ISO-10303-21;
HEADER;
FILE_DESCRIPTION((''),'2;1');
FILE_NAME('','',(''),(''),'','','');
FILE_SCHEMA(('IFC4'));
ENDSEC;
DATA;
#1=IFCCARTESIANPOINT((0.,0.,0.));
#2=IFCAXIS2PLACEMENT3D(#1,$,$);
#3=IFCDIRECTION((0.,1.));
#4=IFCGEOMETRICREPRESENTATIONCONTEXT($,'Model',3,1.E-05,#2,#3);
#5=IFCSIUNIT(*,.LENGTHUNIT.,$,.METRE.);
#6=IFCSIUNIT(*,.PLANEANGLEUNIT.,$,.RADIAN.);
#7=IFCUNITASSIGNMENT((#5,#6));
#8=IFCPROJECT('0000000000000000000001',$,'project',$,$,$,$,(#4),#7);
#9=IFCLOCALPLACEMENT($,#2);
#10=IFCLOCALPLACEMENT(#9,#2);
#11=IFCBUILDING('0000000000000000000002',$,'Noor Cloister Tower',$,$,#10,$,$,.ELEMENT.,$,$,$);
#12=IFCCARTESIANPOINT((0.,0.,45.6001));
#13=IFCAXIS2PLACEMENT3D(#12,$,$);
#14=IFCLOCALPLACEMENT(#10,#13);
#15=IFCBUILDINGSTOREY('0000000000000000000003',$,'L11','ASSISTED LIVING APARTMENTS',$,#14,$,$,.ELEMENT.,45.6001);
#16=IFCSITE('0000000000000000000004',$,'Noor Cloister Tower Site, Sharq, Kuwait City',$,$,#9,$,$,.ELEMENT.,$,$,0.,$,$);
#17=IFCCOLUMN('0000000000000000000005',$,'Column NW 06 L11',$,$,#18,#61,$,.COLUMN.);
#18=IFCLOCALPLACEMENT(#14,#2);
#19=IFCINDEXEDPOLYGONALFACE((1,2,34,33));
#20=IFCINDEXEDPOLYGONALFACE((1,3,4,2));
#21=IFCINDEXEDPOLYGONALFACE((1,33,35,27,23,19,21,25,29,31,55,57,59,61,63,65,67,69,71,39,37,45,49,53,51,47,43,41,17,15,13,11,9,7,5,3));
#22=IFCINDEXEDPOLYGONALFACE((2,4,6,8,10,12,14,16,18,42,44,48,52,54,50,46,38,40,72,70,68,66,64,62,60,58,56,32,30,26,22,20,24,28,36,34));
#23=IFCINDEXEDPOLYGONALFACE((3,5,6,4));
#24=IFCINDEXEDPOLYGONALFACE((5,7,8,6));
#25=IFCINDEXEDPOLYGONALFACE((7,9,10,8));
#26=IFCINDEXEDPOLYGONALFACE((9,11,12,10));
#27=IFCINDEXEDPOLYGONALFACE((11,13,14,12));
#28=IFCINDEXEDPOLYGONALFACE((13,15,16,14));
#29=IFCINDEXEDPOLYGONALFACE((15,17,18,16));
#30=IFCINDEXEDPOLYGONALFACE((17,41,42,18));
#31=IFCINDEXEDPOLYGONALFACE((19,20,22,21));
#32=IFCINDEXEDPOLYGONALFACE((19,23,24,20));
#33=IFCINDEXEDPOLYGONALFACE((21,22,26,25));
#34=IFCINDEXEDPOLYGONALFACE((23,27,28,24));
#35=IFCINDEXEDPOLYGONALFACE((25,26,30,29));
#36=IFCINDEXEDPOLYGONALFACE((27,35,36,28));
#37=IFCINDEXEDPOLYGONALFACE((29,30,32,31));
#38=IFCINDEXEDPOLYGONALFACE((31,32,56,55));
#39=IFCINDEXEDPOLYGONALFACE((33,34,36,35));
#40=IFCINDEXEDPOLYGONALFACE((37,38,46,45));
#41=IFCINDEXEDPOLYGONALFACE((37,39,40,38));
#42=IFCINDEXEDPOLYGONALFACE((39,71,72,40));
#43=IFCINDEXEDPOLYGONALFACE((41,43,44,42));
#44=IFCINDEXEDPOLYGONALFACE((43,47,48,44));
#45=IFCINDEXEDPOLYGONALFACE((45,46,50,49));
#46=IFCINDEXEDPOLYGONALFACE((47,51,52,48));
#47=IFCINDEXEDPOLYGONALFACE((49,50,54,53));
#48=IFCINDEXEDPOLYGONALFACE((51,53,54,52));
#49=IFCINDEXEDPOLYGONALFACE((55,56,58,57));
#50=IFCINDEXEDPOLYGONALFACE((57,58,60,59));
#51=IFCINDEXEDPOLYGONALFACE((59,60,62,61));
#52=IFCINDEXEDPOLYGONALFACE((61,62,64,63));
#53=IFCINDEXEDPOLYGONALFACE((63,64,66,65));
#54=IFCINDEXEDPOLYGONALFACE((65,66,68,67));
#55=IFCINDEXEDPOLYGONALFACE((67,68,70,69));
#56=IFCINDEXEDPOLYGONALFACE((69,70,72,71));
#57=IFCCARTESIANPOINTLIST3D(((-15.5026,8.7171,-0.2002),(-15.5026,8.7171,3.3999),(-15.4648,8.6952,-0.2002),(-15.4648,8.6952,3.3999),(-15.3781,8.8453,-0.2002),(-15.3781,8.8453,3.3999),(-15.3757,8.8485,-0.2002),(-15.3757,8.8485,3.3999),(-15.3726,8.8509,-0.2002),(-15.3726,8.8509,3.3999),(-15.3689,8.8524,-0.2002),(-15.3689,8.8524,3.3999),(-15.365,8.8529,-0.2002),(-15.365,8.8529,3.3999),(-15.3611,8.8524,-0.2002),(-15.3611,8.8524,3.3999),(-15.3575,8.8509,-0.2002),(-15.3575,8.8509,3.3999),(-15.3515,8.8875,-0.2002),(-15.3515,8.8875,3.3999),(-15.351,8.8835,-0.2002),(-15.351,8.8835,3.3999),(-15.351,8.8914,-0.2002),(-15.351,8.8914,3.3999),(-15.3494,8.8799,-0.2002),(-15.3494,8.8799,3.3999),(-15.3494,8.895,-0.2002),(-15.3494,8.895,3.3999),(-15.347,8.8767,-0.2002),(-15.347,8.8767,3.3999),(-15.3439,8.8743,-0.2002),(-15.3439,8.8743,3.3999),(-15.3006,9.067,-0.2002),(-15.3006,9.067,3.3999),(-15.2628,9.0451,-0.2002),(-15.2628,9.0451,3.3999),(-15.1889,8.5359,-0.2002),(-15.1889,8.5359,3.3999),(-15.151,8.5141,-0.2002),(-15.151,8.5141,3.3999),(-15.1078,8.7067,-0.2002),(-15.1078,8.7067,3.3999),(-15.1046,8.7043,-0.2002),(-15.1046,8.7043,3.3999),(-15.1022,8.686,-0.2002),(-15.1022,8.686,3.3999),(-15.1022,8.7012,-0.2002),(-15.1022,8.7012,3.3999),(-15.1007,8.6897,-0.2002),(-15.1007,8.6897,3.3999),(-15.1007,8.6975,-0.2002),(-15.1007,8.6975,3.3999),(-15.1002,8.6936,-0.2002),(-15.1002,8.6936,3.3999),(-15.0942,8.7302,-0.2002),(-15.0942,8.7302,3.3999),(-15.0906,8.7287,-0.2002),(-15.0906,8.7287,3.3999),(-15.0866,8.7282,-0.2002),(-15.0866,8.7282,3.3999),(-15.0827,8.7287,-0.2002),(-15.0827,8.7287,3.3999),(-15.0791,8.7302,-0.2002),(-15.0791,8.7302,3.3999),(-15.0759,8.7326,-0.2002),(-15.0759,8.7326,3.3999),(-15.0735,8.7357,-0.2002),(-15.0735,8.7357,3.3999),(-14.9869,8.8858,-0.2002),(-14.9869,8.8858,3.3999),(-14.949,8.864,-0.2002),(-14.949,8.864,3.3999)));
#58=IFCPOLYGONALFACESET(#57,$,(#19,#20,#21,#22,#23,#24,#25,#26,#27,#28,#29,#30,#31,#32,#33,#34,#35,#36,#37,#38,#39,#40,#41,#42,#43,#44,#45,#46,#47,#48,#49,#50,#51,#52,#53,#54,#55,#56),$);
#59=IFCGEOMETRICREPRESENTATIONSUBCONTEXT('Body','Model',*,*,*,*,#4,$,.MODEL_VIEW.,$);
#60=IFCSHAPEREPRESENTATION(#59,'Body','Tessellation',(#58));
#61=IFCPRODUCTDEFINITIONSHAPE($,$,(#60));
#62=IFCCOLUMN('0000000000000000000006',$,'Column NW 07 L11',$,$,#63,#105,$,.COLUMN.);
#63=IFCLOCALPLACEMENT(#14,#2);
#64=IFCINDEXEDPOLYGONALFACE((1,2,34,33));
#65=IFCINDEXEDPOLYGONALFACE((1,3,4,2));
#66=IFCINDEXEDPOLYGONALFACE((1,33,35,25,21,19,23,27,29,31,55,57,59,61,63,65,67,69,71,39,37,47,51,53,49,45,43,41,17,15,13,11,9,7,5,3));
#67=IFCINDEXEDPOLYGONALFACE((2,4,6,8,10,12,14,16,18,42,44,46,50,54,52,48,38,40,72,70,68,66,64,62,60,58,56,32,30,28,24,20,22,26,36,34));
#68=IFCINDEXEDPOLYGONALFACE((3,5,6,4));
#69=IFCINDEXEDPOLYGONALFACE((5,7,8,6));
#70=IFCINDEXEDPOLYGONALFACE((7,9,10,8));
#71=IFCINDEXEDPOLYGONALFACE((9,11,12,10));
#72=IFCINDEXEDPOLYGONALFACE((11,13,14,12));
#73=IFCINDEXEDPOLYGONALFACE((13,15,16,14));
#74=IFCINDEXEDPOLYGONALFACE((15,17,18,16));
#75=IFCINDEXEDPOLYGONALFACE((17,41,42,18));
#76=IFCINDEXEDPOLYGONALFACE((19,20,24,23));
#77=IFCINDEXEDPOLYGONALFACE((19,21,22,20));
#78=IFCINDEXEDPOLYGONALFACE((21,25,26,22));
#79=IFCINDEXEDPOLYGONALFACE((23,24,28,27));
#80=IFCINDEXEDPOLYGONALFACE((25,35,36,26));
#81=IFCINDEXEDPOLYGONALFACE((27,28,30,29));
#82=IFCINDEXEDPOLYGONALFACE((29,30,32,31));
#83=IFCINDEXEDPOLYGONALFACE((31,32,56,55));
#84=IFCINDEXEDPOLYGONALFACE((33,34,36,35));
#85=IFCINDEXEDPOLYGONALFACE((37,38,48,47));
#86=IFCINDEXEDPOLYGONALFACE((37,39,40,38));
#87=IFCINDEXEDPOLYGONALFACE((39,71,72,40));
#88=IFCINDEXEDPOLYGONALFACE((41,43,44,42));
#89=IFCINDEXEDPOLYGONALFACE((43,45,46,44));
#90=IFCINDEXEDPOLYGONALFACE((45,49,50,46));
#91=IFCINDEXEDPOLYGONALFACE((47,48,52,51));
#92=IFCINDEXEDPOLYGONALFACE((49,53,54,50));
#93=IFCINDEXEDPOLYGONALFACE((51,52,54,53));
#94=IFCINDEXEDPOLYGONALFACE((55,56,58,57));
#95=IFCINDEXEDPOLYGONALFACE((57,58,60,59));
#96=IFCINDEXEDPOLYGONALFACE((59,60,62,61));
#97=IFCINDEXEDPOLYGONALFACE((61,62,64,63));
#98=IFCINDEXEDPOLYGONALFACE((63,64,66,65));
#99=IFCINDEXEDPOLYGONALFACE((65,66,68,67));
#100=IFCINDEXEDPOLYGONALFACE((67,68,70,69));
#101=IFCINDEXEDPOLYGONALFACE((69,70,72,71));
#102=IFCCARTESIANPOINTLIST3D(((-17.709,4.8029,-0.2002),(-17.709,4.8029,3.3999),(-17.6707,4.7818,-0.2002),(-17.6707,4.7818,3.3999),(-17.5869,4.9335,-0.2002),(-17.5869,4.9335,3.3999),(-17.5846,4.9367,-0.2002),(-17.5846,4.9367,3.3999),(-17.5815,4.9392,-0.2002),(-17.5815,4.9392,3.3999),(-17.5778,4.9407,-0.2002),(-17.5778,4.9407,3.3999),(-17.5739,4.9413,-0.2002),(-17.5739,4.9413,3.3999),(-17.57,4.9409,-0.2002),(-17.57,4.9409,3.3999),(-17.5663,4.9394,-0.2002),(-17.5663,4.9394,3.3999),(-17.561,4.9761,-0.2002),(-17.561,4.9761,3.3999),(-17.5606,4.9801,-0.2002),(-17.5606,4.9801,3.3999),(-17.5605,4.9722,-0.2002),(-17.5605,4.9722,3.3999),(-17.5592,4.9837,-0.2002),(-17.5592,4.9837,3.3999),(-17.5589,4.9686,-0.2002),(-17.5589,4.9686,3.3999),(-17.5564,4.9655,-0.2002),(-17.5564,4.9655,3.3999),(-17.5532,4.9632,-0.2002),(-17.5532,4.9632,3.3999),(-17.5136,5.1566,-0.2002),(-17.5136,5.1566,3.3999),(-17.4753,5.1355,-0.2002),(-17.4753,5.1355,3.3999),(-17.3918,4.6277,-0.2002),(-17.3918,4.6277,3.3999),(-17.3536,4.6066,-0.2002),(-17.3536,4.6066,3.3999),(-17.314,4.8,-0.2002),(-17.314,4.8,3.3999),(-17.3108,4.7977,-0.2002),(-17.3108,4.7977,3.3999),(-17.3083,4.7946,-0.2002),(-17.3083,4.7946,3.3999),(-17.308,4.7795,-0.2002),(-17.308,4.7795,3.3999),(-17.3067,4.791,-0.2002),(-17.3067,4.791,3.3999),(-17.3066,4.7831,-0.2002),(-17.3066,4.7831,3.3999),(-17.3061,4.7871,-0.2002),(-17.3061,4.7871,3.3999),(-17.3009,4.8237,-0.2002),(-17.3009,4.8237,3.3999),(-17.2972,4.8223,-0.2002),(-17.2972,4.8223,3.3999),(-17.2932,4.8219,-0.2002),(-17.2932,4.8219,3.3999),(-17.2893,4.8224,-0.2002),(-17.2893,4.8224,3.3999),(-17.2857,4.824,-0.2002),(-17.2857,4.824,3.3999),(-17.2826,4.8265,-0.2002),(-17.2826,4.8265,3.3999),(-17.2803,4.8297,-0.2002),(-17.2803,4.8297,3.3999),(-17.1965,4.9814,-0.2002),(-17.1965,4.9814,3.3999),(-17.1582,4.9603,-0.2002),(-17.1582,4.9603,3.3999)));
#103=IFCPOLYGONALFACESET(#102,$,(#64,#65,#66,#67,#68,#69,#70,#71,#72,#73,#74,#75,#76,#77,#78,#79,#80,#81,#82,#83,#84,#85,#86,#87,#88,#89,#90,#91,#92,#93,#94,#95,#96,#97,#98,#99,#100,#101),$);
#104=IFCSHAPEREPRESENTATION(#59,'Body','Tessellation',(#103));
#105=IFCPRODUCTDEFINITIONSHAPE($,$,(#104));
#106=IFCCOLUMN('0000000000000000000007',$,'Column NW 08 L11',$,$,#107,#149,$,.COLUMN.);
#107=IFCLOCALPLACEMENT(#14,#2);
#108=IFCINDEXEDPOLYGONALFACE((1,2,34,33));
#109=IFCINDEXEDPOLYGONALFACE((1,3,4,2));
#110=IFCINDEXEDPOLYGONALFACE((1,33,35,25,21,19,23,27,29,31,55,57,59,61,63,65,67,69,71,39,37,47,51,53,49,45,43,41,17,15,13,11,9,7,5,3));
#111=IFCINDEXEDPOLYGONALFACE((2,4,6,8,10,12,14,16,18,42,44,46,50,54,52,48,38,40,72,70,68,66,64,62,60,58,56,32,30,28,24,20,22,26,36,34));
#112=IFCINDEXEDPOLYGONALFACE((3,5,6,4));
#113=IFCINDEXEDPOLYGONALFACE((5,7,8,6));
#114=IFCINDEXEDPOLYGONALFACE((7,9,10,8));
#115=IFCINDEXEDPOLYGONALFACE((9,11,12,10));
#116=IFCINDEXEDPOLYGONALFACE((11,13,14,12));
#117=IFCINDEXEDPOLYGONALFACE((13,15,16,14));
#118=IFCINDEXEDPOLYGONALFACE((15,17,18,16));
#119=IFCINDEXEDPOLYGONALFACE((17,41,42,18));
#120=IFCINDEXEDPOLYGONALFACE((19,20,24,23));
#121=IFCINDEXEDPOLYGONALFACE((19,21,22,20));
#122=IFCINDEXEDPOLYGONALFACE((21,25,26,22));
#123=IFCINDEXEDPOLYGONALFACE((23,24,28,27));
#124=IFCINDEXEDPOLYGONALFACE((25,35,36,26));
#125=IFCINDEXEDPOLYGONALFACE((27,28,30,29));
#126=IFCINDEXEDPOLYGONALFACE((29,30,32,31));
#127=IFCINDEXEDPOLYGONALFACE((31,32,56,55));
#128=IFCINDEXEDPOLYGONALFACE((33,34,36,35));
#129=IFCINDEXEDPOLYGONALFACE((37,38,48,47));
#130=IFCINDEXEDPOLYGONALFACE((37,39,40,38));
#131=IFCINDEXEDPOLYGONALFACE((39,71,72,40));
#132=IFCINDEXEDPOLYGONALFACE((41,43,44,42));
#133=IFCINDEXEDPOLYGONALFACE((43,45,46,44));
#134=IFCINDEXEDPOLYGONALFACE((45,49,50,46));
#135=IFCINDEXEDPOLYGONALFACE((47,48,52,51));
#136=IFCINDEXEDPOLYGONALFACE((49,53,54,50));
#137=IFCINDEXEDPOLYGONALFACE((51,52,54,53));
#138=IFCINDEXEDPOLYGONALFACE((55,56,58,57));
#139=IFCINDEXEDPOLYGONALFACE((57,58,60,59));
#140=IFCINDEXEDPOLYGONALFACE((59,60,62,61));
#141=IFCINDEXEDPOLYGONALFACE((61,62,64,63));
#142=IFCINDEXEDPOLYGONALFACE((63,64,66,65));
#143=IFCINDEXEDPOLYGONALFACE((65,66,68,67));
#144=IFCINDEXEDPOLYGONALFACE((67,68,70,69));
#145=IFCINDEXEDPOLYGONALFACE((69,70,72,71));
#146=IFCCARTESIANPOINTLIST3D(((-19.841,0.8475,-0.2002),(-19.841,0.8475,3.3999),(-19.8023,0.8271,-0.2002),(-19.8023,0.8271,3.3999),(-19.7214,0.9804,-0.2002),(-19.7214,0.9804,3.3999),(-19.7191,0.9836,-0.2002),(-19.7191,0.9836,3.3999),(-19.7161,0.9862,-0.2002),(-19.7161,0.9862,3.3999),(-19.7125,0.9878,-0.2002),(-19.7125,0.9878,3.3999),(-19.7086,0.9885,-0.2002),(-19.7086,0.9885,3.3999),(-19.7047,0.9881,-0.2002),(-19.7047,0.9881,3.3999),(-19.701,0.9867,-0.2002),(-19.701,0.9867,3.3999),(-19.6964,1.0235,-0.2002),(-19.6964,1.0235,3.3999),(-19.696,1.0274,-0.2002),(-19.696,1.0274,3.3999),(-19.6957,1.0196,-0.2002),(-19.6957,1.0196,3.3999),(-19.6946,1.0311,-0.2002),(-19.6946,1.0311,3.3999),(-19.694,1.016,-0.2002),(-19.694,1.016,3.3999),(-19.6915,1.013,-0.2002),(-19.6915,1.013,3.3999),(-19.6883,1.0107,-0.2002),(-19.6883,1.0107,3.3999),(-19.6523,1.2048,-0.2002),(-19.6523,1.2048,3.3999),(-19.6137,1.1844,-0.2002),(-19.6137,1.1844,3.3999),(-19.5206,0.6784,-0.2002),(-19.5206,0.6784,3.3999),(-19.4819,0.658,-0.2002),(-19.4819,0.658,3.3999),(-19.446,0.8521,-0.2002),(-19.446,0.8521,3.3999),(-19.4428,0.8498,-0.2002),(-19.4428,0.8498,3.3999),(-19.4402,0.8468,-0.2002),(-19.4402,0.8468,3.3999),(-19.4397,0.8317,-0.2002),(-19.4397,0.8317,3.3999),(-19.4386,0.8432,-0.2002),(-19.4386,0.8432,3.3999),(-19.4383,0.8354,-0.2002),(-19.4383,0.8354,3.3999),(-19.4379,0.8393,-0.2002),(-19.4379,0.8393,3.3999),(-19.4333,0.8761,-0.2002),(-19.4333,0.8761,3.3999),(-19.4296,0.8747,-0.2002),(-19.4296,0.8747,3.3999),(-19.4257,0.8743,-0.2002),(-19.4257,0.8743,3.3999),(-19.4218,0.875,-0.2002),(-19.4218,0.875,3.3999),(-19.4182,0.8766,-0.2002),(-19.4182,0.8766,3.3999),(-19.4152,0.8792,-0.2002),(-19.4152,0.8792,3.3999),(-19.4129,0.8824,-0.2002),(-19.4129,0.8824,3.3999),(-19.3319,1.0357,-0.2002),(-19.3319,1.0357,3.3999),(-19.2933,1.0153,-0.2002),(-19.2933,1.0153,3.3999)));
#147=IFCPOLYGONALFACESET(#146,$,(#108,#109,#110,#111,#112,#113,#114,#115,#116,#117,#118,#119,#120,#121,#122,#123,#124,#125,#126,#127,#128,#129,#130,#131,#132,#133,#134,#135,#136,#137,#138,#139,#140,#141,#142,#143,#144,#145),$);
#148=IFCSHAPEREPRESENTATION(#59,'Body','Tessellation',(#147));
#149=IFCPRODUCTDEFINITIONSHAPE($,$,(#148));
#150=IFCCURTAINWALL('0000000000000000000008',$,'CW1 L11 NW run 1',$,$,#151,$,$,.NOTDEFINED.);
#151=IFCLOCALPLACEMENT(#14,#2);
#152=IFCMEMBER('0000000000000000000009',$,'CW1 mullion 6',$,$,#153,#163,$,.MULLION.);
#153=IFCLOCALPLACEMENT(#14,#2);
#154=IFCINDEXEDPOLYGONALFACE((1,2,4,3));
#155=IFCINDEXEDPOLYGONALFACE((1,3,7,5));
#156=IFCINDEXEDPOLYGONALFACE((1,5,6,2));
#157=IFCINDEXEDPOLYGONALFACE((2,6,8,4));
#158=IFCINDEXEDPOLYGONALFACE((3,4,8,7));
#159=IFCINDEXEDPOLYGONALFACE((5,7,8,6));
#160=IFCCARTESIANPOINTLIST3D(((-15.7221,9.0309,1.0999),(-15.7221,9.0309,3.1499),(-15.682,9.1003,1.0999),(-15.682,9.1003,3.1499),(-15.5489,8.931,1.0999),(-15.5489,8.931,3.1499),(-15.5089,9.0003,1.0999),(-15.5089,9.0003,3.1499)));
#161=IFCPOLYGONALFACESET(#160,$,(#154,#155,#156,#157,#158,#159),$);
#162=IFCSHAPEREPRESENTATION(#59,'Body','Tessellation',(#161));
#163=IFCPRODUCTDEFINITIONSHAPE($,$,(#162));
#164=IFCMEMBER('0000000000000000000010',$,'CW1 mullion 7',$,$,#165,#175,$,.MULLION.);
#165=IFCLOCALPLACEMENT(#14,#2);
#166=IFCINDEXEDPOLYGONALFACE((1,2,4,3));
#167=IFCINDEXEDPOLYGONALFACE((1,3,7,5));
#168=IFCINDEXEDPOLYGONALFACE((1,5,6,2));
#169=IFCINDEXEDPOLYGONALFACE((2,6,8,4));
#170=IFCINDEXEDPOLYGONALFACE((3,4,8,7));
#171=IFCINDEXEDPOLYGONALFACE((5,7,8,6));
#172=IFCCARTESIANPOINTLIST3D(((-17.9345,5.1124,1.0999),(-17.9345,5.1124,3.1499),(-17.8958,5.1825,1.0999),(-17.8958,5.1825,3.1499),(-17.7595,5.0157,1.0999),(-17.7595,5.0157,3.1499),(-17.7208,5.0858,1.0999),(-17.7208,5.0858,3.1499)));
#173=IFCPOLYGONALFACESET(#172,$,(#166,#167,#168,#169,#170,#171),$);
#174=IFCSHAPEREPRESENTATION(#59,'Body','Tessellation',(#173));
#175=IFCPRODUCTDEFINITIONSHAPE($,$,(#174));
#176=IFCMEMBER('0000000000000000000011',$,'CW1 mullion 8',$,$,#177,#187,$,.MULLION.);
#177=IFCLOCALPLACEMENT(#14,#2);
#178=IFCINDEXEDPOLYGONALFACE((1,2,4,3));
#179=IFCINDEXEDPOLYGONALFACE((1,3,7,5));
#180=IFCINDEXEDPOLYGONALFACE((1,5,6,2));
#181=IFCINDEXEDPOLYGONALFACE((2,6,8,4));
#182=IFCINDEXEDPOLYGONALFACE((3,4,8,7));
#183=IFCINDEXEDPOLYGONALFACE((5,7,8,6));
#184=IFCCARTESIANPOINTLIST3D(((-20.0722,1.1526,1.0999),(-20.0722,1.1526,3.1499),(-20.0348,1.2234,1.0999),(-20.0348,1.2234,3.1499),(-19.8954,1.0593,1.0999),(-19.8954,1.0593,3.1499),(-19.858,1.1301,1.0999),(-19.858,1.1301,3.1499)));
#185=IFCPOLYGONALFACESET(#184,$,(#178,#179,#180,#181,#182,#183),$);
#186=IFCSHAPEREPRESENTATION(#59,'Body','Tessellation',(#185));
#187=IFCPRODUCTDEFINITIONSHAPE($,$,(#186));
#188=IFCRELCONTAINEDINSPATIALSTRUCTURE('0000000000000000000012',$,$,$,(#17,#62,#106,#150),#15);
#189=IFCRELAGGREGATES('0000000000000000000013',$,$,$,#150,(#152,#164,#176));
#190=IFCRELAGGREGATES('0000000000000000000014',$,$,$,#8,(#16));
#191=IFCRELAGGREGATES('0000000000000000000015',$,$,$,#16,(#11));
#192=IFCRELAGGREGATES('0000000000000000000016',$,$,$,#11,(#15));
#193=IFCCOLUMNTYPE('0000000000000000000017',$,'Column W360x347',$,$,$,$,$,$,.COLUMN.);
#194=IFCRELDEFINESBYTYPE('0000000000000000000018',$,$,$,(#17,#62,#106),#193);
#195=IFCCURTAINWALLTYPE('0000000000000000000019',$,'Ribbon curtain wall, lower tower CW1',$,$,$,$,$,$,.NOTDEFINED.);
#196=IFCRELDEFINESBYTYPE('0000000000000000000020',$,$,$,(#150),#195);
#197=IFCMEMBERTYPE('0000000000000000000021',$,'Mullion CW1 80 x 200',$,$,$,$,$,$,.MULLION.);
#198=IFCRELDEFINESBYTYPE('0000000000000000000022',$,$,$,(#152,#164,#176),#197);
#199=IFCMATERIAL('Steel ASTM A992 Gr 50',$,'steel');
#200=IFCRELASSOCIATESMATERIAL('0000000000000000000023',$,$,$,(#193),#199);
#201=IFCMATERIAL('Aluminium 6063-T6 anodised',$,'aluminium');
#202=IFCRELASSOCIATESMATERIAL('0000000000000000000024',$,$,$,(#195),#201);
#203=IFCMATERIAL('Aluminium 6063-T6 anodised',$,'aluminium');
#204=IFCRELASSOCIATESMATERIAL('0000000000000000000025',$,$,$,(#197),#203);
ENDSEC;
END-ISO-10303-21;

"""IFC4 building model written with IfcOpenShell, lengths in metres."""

from ifc_helpers import new_model, si_unit, direction, frame, origin, origin_2d, place, context, subcontext, project, spatial, rectangle, i_section, extrude, material, material_profile, profile_set, type_object, element, aggregate, save


model = new_model("IFC4")

# Units and contexts
model_context = context("Model", 3, precision=1e-05, world=origin(), true_north=direction((0.0, 1.0)))
body_context = subcontext(model_context, "Body", "Model", "MODEL_VIEW")
ifc_project = project(units=[si_unit("LENGTHUNIT", "METRE"), si_unit("PLANEANGLEUNIT", "RADIAN")], contexts=[model_context])

# Site, building, storey
site_placement = place(None, origin())
site = spatial("IfcSite", under=ifc_project, at=site_placement, Name="Noor Cloister Tower Site, Sharq, Kuwait City", CompositionType="ELEMENT", RefElevation=0.0)
building_placement = place(site_placement, origin())
building = spatial("IfcBuilding", under=site, at=building_placement, Name="Noor Cloister Tower", CompositionType="ELEMENT")
storey_placement = place(building_placement, frame((0.0, 0.0, 45.6001)))
storey = spatial("IfcBuildingStorey", under=building, at=storey_placement, Name="L11", Description="ASSISTED LIVING APARTMENTS", CompositionType="ELEMENT", Elevation=45.6001)

# Columns
ifc_material_1 = material(Name="Steel ASTM A992 Gr 50", Category="steel")
ifc_material_profile_1 = material_profile(ifc_material_1, i_section(OverallWidth=0.4041, OverallDepth=0.406, WebThickness=0.0271, FlangeThickness=0.0437, FilletRadius=0.0151, at=origin_2d()), Name="W360x347")
ifc_profile_set_1 = profile_set([ifc_material_profile_1], Name="Steel ASTM A992 Gr 50")
column_type = type_object("IfcColumnType", Name="Column W360x347", PredefinedType="COLUMN", material=ifc_profile_set_1)
for number, where, z_axis, x_axis, name in (
    (1, (-15.2258, 8.7905, -0.2002), (0.0, 0.0, 1.0), (-0.5, -0.866025, 0.0), "Column NW 06 L11"),
    (2, (-17.4336, 4.8816, -0.2002), (0.0, 0.0, 1.0), (-0.48353, -0.875328, 0.0), "Column NW 07 L11"),
    (3, (-19.5671, 0.9314, -0.2002), (0.0, 0.0, 1.0), (-0.466887, -0.884317, 0.0), "Column NW 08 L11"),
):
    element("IfcColumn", number, at=place(storey_placement, frame(where, z_axis=z_axis, x_axis=x_axis)), inside=storey, type_object=column_type, Name=name, PredefinedType="COLUMN", context=body_context, shape_type="SweptSolid", body=[
        extrude(i_section(OverallWidth=0.4041, OverallDepth=0.406, WebThickness=0.0271, FlangeThickness=0.0437, FilletRadius=0.0151, at=origin_2d()), origin(), (0.0, 0.0, 1.0), 3.6001),
    ])

# Curtain wall, members
ifc_material_2 = material(Name="Aluminium 6063-T6 anodised", Category="aluminium")
curtain_wall_type = type_object("IfcCurtainWallType", Name="Ribbon curtain wall, lower tower CW1", PredefinedType="NOTDEFINED", material=ifc_material_2)
curtain_wall_placement = place(storey_placement, origin())
curtain_wall = element("IfcCurtainWall", 4, at=curtain_wall_placement, inside=storey, type_object=curtain_wall_type, Name="CW1 L11 NW run 1", PredefinedType="NOTDEFINED")
ifc_material_3 = material(Name="Aluminium 6063-T6 anodised", Category="aluminium")
ifc_material_profile_2 = material_profile(ifc_material_3, rectangle(XDim=0.2, YDim=0.0801, at=origin_2d()), Name="200 x 80 mullion")
ifc_profile_set_2 = profile_set([ifc_material_profile_2], Name="Aluminium 6063-T6 anodised")
member_type = type_object("IfcMemberType", Name="Mullion CW1 80 x 200", PredefinedType="MULLION", material=ifc_profile_set_2)
member_1_placement = place(storey_placement, frame((-15.6155, 9.0156, 1.0999), z_axis=(0.0, 0.0, 1.0), x_axis=(0.866025, -0.5, 0.0)))
member_1 = element("IfcMember", 5, at=member_1_placement, type_object=member_type, Name="CW1 mullion 6", PredefinedType="MULLION", context=body_context, shape_type="SweptSolid", body=[
    extrude(rectangle(XDim=0.2, YDim=0.0801, at=origin_2d()), origin(), (0.0, 0.0, 1.0), 2.05),
])
member_2_placement = place(storey_placement, frame((-17.8276, 5.0991, 1.0999), z_axis=(0.0, 0.0, 1.0), x_axis=(0.875328, -0.48353, 0.0)))
member_2 = element("IfcMember", 6, at=member_2_placement, type_object=member_type, Name="CW1 mullion 7", PredefinedType="MULLION", context=body_context, shape_type="SweptSolid", body=[
    extrude(rectangle(XDim=0.2, YDim=0.0801, at=origin_2d()), origin(), (0.0, 0.0, 1.0), 2.05),
])
member_3_placement = place(storey_placement, frame((-19.9651, 1.1414, 1.0999), z_axis=(0.0, 0.0, 1.0), x_axis=(0.884317, -0.466887, 0.0)))
member_3 = element("IfcMember", 7, at=member_3_placement, type_object=member_type, Name="CW1 mullion 8", PredefinedType="MULLION", context=body_context, shape_type="SweptSolid", body=[
    extrude(rectangle(XDim=0.2, YDim=0.0801, at=origin_2d()), origin(), (0.0, 0.0, 1.0), 2.05),
])

aggregate(curtain_wall, [member_1, member_2, member_3])

save(model, "model.ifc")
